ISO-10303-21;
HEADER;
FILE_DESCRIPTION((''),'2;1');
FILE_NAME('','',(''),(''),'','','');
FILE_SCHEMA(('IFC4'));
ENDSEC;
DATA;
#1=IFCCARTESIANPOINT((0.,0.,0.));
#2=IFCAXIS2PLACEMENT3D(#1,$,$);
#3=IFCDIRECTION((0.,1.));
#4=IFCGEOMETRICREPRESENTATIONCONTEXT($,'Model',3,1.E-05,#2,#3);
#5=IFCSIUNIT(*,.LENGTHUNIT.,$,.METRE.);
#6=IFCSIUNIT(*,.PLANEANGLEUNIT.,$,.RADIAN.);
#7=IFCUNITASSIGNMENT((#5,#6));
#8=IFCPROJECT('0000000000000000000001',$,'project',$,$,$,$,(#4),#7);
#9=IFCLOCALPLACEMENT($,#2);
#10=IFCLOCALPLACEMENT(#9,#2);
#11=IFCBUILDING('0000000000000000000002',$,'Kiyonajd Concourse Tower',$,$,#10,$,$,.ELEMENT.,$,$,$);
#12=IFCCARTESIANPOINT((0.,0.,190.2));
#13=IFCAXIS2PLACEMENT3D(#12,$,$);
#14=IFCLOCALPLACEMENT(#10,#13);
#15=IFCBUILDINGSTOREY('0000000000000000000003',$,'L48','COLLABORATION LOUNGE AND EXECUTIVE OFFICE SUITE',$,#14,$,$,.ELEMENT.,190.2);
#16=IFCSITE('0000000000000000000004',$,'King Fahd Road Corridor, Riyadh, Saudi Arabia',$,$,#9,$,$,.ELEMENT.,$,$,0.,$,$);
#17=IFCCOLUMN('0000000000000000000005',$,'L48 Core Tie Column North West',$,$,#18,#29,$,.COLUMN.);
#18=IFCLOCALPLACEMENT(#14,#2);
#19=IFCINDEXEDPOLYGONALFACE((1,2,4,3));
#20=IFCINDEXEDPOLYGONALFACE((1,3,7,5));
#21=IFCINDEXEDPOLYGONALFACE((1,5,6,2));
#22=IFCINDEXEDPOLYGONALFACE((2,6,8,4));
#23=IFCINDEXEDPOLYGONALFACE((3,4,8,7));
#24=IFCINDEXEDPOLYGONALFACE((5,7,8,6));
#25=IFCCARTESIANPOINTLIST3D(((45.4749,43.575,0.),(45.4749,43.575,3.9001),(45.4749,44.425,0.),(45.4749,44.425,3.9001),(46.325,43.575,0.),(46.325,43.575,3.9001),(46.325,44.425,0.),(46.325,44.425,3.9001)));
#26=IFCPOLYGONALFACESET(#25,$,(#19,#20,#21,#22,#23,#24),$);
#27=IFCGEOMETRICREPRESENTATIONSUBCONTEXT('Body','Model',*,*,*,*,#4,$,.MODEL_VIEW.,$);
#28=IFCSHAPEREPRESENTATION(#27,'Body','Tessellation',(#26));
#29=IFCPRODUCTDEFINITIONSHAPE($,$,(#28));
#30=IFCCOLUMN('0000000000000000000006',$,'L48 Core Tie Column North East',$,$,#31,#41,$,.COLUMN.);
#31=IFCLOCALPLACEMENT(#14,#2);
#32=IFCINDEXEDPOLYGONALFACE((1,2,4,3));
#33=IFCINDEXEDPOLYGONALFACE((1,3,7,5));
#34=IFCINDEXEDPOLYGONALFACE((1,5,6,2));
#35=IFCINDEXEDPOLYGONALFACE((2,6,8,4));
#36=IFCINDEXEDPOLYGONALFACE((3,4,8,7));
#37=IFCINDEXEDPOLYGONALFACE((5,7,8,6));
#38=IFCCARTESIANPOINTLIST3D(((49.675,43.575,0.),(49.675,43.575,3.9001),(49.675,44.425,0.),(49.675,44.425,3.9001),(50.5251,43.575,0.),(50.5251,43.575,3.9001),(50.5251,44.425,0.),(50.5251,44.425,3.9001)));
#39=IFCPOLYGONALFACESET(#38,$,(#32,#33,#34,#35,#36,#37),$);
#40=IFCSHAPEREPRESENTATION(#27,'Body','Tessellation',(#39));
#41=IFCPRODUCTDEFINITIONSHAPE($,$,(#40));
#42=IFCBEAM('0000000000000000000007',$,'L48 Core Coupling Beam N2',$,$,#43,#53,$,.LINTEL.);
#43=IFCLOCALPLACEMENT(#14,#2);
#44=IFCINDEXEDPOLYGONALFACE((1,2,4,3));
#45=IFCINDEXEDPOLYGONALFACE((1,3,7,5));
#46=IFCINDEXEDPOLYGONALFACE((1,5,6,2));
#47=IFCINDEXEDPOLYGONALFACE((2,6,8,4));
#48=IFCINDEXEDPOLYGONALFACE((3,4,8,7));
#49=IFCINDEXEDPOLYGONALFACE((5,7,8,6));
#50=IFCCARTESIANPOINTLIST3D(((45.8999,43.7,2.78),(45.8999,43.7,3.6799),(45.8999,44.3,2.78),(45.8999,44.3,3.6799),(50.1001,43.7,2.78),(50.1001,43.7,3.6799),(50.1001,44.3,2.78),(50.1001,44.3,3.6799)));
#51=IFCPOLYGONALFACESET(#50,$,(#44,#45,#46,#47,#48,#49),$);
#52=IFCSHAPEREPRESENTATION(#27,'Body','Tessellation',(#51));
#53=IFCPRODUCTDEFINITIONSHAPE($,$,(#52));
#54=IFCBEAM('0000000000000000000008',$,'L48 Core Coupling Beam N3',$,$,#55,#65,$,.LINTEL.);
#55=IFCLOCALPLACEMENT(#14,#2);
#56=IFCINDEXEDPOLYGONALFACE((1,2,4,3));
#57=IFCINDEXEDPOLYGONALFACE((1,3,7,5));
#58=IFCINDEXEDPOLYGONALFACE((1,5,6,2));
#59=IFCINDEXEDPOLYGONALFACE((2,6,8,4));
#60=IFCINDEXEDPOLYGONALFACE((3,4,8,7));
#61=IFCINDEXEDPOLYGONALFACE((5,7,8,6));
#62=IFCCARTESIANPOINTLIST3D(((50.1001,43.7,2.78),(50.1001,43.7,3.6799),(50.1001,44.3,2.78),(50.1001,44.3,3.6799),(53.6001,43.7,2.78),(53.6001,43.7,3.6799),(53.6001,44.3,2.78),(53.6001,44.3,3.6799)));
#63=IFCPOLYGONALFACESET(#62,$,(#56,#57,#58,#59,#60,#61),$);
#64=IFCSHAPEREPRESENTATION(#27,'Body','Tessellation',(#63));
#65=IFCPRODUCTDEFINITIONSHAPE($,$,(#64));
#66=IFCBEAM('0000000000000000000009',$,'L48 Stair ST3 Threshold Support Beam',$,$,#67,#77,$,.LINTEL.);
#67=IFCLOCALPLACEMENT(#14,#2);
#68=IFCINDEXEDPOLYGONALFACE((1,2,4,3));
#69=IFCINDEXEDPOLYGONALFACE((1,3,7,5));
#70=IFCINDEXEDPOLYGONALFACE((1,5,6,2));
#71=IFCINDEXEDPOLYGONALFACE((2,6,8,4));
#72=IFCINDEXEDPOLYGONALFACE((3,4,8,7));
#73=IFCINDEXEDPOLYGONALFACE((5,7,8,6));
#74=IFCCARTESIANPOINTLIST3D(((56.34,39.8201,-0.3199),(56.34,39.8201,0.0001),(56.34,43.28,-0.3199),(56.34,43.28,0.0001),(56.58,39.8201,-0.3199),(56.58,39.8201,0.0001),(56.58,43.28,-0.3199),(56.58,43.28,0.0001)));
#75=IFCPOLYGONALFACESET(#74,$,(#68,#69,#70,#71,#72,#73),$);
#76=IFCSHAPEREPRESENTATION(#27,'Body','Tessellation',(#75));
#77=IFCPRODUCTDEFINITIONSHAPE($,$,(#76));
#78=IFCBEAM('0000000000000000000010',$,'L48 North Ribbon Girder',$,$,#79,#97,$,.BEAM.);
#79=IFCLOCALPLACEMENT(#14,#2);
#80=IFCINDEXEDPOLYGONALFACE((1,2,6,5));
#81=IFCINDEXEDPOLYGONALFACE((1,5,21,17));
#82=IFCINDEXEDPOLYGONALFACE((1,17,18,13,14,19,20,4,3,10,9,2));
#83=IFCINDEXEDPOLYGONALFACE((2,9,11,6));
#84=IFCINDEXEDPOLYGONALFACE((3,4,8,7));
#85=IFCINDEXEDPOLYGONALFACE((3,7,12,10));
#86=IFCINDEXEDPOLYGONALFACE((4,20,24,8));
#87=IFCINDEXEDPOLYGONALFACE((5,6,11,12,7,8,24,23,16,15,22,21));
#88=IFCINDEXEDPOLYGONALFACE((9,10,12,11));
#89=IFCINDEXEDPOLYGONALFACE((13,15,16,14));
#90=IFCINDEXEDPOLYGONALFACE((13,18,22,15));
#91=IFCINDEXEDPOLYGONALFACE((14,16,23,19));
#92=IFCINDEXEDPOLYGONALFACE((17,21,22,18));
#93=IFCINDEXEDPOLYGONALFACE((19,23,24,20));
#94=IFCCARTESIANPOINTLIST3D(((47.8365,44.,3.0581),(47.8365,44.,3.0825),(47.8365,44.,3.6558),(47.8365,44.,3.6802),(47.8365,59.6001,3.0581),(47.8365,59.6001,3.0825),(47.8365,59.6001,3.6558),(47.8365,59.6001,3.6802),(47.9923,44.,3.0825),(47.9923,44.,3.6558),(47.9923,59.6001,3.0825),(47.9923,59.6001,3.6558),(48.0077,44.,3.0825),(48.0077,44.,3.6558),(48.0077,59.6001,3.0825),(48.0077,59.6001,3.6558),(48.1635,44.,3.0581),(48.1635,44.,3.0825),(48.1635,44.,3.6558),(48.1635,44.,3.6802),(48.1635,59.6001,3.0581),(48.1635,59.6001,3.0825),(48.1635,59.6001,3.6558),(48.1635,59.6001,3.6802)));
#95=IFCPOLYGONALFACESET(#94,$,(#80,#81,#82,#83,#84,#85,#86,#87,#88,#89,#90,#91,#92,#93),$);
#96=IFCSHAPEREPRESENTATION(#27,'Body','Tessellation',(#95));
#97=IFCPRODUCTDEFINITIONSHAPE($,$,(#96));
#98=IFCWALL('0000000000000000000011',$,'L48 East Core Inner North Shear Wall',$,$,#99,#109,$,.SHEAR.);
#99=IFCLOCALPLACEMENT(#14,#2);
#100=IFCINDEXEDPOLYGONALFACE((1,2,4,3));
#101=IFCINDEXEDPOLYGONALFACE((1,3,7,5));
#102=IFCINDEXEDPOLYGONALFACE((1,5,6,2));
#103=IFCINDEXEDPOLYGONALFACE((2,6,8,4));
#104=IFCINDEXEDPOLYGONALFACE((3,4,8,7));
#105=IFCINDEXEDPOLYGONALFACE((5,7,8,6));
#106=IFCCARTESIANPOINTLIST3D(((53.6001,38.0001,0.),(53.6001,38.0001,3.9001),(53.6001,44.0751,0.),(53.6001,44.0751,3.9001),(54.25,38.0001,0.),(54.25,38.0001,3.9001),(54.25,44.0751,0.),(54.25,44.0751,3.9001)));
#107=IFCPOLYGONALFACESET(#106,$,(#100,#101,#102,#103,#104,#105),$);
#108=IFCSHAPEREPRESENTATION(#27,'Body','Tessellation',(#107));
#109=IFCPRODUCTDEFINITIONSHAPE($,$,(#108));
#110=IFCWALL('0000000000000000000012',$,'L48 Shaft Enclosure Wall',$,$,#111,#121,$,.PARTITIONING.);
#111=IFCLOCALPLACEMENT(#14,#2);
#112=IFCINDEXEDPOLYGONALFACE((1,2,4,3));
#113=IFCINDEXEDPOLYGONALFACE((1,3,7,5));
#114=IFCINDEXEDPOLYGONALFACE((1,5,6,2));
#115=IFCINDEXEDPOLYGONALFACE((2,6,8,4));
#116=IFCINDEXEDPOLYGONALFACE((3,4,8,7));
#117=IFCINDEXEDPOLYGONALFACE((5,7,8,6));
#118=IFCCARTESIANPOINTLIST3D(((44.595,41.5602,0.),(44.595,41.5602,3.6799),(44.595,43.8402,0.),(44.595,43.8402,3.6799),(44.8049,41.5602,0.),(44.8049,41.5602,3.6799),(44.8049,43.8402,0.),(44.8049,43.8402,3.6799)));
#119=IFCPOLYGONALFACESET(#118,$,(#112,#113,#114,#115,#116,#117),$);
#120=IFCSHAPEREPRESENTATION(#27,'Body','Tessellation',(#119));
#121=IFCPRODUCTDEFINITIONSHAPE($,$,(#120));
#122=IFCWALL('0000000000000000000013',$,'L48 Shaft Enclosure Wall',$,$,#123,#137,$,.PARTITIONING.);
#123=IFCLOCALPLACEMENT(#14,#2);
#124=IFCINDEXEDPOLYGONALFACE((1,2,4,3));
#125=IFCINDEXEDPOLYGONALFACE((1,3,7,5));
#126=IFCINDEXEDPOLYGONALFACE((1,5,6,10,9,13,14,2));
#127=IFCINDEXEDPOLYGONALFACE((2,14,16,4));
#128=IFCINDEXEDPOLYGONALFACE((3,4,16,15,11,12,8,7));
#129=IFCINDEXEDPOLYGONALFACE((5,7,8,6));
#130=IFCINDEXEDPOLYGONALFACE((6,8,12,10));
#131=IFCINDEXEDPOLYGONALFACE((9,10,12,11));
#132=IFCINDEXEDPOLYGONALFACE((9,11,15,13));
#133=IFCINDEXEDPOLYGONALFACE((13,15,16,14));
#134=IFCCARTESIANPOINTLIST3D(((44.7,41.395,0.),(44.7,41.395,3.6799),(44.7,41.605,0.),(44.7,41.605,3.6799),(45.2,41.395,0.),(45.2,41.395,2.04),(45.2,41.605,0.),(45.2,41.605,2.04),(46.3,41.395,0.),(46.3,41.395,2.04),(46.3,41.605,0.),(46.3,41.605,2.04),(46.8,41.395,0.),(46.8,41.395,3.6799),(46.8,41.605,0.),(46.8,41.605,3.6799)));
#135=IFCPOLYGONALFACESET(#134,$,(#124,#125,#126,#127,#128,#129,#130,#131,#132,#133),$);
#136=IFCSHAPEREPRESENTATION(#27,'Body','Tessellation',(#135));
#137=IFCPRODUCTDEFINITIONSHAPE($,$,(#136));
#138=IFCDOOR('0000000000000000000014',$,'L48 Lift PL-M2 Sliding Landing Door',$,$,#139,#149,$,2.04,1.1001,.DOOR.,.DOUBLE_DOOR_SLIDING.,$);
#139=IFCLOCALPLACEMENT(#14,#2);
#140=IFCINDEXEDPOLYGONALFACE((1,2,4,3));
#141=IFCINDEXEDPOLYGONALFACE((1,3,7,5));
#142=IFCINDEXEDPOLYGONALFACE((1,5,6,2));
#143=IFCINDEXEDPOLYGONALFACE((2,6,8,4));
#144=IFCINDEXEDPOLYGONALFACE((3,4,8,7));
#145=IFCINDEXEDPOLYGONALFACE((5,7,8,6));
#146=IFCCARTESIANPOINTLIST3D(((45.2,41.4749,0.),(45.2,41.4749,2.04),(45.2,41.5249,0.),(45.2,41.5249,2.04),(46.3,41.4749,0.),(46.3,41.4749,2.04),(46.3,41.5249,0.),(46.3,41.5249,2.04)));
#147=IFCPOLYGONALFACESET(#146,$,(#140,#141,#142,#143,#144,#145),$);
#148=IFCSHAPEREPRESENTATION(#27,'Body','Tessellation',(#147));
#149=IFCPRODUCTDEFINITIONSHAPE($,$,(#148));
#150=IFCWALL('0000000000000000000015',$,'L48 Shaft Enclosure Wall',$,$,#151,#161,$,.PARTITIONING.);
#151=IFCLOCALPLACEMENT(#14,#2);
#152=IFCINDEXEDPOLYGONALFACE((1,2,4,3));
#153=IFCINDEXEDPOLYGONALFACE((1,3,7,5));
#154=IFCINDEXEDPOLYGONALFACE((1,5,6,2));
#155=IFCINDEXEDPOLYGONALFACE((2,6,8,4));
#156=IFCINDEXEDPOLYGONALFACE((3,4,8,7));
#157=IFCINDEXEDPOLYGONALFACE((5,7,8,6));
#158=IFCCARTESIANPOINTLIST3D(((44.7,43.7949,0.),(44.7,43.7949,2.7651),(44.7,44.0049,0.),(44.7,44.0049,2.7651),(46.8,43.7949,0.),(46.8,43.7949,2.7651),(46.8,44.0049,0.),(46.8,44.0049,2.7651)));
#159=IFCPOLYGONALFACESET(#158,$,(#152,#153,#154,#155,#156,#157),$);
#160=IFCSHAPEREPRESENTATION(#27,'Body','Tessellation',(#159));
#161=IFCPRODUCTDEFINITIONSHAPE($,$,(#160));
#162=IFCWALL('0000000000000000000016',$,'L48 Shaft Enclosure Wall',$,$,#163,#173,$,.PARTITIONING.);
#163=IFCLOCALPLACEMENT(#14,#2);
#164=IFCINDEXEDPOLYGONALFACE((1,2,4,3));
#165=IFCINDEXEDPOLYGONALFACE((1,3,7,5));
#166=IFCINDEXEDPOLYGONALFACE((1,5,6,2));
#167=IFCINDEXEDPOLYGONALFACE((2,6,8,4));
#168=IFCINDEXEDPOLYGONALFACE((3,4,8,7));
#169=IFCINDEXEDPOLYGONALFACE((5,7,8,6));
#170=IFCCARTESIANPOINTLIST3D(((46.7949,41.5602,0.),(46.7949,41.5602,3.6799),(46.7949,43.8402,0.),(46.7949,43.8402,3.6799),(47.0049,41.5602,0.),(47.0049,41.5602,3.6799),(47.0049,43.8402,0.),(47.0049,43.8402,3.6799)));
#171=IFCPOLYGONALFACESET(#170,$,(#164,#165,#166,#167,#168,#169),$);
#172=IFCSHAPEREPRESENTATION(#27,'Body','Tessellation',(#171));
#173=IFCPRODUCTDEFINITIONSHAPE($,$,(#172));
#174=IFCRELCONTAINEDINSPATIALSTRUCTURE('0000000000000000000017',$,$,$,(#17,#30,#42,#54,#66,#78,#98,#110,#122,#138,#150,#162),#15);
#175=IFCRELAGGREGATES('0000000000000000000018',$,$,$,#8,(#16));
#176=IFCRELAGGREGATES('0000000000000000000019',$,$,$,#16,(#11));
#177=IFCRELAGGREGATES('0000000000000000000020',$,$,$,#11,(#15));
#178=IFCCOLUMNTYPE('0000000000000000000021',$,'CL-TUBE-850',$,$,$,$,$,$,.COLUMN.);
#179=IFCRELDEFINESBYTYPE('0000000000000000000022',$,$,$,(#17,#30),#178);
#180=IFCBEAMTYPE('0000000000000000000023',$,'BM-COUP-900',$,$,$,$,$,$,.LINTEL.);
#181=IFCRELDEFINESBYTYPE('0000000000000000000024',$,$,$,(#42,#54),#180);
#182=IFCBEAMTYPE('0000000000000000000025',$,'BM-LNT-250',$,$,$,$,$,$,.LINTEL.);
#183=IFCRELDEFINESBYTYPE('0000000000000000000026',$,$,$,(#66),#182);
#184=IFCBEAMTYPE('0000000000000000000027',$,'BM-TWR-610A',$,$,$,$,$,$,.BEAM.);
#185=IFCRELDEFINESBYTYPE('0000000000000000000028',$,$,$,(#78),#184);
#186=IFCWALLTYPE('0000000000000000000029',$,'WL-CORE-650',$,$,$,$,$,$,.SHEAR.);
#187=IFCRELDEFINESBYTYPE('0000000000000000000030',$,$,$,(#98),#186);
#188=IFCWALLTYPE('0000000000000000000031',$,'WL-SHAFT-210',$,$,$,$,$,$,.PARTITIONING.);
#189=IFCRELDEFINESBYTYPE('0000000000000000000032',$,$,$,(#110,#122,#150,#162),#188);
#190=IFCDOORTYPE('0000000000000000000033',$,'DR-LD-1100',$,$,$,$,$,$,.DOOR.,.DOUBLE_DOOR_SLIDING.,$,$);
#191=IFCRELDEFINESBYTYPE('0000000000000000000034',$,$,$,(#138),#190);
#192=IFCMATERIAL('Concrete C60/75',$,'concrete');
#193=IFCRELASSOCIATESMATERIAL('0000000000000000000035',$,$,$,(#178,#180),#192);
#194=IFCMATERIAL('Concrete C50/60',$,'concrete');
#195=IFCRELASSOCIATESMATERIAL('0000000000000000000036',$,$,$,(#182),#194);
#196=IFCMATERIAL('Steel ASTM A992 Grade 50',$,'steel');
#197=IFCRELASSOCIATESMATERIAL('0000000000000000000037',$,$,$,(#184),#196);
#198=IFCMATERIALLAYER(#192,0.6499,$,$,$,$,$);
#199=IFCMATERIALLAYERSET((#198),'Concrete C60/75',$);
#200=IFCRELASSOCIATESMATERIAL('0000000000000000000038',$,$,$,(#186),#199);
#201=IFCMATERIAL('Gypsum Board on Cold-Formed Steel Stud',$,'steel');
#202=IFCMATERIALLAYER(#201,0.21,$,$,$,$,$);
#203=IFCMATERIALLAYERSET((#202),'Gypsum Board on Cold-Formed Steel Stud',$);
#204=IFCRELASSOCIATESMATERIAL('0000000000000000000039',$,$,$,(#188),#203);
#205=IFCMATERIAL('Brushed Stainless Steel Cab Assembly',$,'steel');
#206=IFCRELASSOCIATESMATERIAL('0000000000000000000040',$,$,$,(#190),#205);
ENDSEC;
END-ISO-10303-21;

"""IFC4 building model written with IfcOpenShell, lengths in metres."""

from ifc_helpers import new_model, si_unit, direction, frame, frame_2d, origin, origin_2d, place, context, subcontext, project, spatial, rectangle, i_section, extrude, material, layer, layer_set, material_profile, profile_set, type_object, element, fill, save


model = new_model("IFC4")

# Units and contexts
model_context = context("Model", 3, precision=1e-05, world=origin(), true_north=direction((0.0, 1.0)))
body_context = subcontext(model_context, "Body", "Model", "MODEL_VIEW")
ifc_project = project(units=[si_unit("LENGTHUNIT", "METRE"), si_unit("PLANEANGLEUNIT", "RADIAN")], contexts=[model_context])

# Site, building, storey
site_placement = place(None, origin())
site = spatial("IfcSite", under=ifc_project, at=site_placement, Name="King Fahd Road Corridor, Riyadh, Saudi Arabia", CompositionType="ELEMENT", RefElevation=0.0)
building_placement = place(site_placement, origin())
building = spatial("IfcBuilding", under=site, at=building_placement, Name="Kiyonajd Concourse Tower", CompositionType="ELEMENT")
storey_placement = place(building_placement, frame((0.0, 0.0, 190.2)))
storey = spatial("IfcBuildingStorey", under=building, at=storey_placement, Name="L48", Description="COLLABORATION LOUNGE AND EXECUTIVE OFFICE SUITE", CompositionType="ELEMENT", Elevation=190.2)

# Columns
ifc_material_1 = material(Name="Concrete C60/75", Category="concrete")
ifc_material_profile_1 = material_profile(ifc_material_1, rectangle(XDim=0.8501, YDim=0.8501, at=origin_2d()), Name="RC-850x850")
ifc_profile_set_1 = profile_set([ifc_material_profile_1], Name="Concrete C60/75")
column_type = type_object("IfcColumnType", Name="CL-TUBE-850", PredefinedType="COLUMN", material=ifc_profile_set_1)
for number, where, z_axis, x_axis, name in (
    (1, (45.8999, 44.0, 0.0), (0.0, 0.0, 1.0), (1.0, 0.0, 0.0), "L48 Core Tie Column North West"),
    (2, (50.1001, 44.0, 0.0), (0.0, 0.0, 1.0), (1.0, 0.0, 0.0), "L48 Core Tie Column North East"),
):
    element("IfcColumn", number, at=place(storey_placement, frame(where, z_axis=z_axis, x_axis=x_axis)), inside=storey, type_object=column_type, Name=name, PredefinedType="COLUMN", context=body_context, shape_type="SweptSolid", body=[
        extrude(rectangle(XDim=0.8501, YDim=0.8501, at=origin_2d()), origin(), (0.0, 0.0, 1.0), 3.9001),
    ])

# Beams
ifc_material_profile_2 = material_profile(ifc_material_1, rectangle(XDim=0.6001, YDim=0.8999, at=origin_2d()), Name="RCBM-600x900")
ifc_profile_set_2 = profile_set([ifc_material_profile_2], Name="Concrete C60/75")
beam_type_1 = type_object("IfcBeamType", Name="BM-COUP-900", PredefinedType="LINTEL", material=ifc_profile_set_2)
beam_1_placement = place(storey_placement, frame((45.8999, 44.0, 3.23), z_axis=(1.0, 0.0, 0.0), x_axis=(0.0, 1.0, 0.0)))
element("IfcBeam", 3, at=beam_1_placement, inside=storey, type_object=beam_type_1, Name="L48 Core Coupling Beam N2", PredefinedType="LINTEL", context=body_context, shape_type="SweptSolid", body=[
    extrude(rectangle(XDim=0.6001, YDim=0.8999, at=origin_2d()), origin(), (0.0, 0.0, 1.0), 4.2002),
])
beam_2_placement = place(storey_placement, frame((50.1001, 44.0, 3.23), z_axis=(1.0, 0.0, 0.0), x_axis=(0.0, 1.0, 0.0)))
element("IfcBeam", 4, at=beam_2_placement, inside=storey, type_object=beam_type_1, Name="L48 Core Coupling Beam N3", PredefinedType="LINTEL", context=body_context, shape_type="SweptSolid", body=[
    extrude(rectangle(XDim=0.6001, YDim=0.8999, at=origin_2d()), origin(), (0.0, 0.0, 1.0), 3.5),
])
ifc_material_2 = material(Name="Concrete C50/60", Category="concrete")
ifc_material_profile_3 = material_profile(ifc_material_2, rectangle(XDim=0.24, YDim=0.3201, at=origin_2d()), Name="RCBM-240x320")
ifc_profile_set_3 = profile_set([ifc_material_profile_3], Name="Concrete C50/60")
beam_type_2 = type_object("IfcBeamType", Name="BM-LNT-250", PredefinedType="LINTEL", material=ifc_profile_set_3)
beam_3_placement = place(storey_placement, frame((56.46, 39.8201, -0.1599), z_axis=(0.0, 1.0, 0.0), x_axis=(-1.0, 0.0, 0.0)))
element("IfcBeam", 5, at=beam_3_placement, inside=storey, type_object=beam_type_2, Name="L48 Stair ST3 Threshold Support Beam", PredefinedType="LINTEL", context=body_context, shape_type="SweptSolid", body=[
    extrude(rectangle(XDim=0.24, YDim=0.3201, at=origin_2d()), origin(), (0.0, 0.0, 1.0), 3.46),
])
ifc_material_3 = material(Name="Steel ASTM A992 Grade 50", Category="steel")
ifc_material_profile_4 = material_profile(ifc_material_3, i_section(OverallWidth=0.3269, OverallDepth=0.6221, WebThickness=0.0154, FlangeThickness=0.0244, at=origin_2d()), Name="W610X195")
ifc_profile_set_4 = profile_set([ifc_material_profile_4], Name="Steel ASTM A992 Grade 50")
beam_type_3 = type_object("IfcBeamType", Name="BM-TWR-610A", PredefinedType="BEAM", material=ifc_profile_set_4)
beam_4_placement = place(storey_placement, frame((48.0, 44.0, 3.3691), z_axis=(0.0, 1.0, 0.0), x_axis=(-1.0, 0.0, 0.0)))
element("IfcBeam", 6, at=beam_4_placement, inside=storey, type_object=beam_type_3, Name="L48 North Ribbon Girder", PredefinedType="BEAM", context=body_context, shape_type="SweptSolid", body=[
    extrude(i_section(OverallWidth=0.3269, OverallDepth=0.6221, WebThickness=0.0154, FlangeThickness=0.0244, at=origin_2d()), origin(), (0.0, 0.0, 1.0), 15.6001),
])

# Walls
ifc_layer_1 = layer(ifc_material_1, 0.6499)
ifc_layer_set_1 = layer_set([ifc_layer_1], Name="Concrete C60/75")
wall_type_1 = type_object("IfcWallType", Name="WL-CORE-650", PredefinedType="SHEAR", material=ifc_layer_set_1)
wall_1_placement = place(storey_placement, frame((53.925, 38.0, 0.0), z_axis=(0.0, 0.0, 1.0), x_axis=(0.0, 1.0, 0.0)))
element("IfcWall", 7, at=wall_1_placement, inside=storey, type_object=wall_type_1, Name="L48 East Core Inner North Shear Wall", PredefinedType="SHEAR", context=body_context, shape_type="SweptSolid", body=[
    extrude(rectangle(XDim=6.075, YDim=0.6499, at=frame_2d((3.0376, 0.0))), origin(), (0.0, 0.0, 1.0), 3.9001),
])
ifc_material_4 = material(Name="Gypsum Board on Cold-Formed Steel Stud", Category="steel")
ifc_layer_2 = layer(ifc_material_4, 0.21)
ifc_layer_set_2 = layer_set([ifc_layer_2], Name="Gypsum Board on Cold-Formed Steel Stud")
wall_type_2 = type_object("IfcWallType", Name="WL-SHAFT-210", PredefinedType="PARTITIONING", material=ifc_layer_set_2)
wall_2_placement = place(storey_placement, frame((44.7, 41.5601, 0.0), z_axis=(0.0, 0.0, 1.0), x_axis=(0.0, 1.0, 0.0)))
element("IfcWall", 8, at=wall_2_placement, inside=storey, type_object=wall_type_2, Name="L48 Shaft Enclosure Wall", PredefinedType="PARTITIONING", context=body_context, shape_type="SweptSolid", body=[
    extrude(rectangle(XDim=2.28, YDim=0.21, at=frame_2d((1.1401, 0.0))), origin(), (0.0, 0.0, 1.0), 3.6799),
])

# Wall, opening, door
wall_3_placement = place(storey_placement, frame((44.7, 41.5, 0.0), z_axis=(0.0, 0.0, 1.0), x_axis=(1.0, 0.0, 0.0)))
wall_3 = element("IfcWall", 9, at=wall_3_placement, inside=storey, type_object=wall_type_2, Name="L48 Shaft Enclosure Wall", PredefinedType="PARTITIONING", context=body_context, shape_type="SweptSolid", body=[
    extrude(rectangle(XDim=2.1001, YDim=0.21, at=frame_2d((1.05, 0.0))), origin(), (0.0, 0.0, 1.0), 3.6799),
])
opening_1_placement = place(wall_3_placement, frame((0.5, 0.0, 0.0)))
opening_1 = element("IfcOpeningElement", 10, at=opening_1_placement, cuts=wall_3, PredefinedType="OPENING", context=body_context, shape_type="SweptSolid", body=[
    extrude(rectangle(XDim=1.1001, YDim=2.04, at=frame_2d((0.55, 1.02))), frame((0.0, 0.115, 0.0), z_axis=(0.0, -1.0, 0.0), x_axis=(1.0, 0.0, 0.0)), (0.0, 0.0, 1.0), 0.23),
])
ifc_material_5 = material(Name="Brushed Stainless Steel Cab Assembly", Category="steel")
door_type_1 = type_object("IfcDoorType", Name="DR-LD-1100", OperationType="DOUBLE_DOOR_SLIDING", PredefinedType="DOOR", material=ifc_material_5)
door_1_placement = place(opening_1_placement, origin())
door_1 = element("IfcDoor", 11, at=door_1_placement, inside=storey, type_object=door_type_1, Name="L48 Lift PL-M2 Sliding Landing Door", OperationType="DOUBLE_DOOR_SLIDING", OverallHeight=2.04, OverallWidth=1.1001, PredefinedType="DOOR", context=body_context, shape_type="SweptSolid", body=[
    extrude(rectangle(XDim=1.1001, YDim=2.04, at=frame_2d((0.55, 1.02))), frame((0.0, 0.0249, 0.0), z_axis=(0.0, -1.0, 0.0), x_axis=(1.0, 0.0, 0.0)), (0.0, 0.0, 1.0), 0.05),
])
fill(opening_1, door_1)

# Walls
wall_4_placement = place(storey_placement, frame((44.7, 43.8999, 0.0), z_axis=(0.0, 0.0, 1.0), x_axis=(1.0, 0.0, 0.0)))
element("IfcWall", 12, at=wall_4_placement, inside=storey, type_object=wall_type_2, Name="L48 Shaft Enclosure Wall", PredefinedType="PARTITIONING", context=body_context, shape_type="SweptSolid", body=[
    extrude(rectangle(XDim=2.1001, YDim=0.21, at=frame_2d((1.05, 0.0))), origin(), (0.0, 0.0, 1.0), 2.7651),
])
wall_5_placement = place(storey_placement, frame((46.8999, 41.5601, 0.0), z_axis=(0.0, 0.0, 1.0), x_axis=(0.0, 1.0, 0.0)))
element("IfcWall", 13, at=wall_5_placement, inside=storey, type_object=wall_type_2, Name="L48 Shaft Enclosure Wall", PredefinedType="PARTITIONING", context=body_context, shape_type="SweptSolid", body=[
    extrude(rectangle(XDim=2.28, YDim=0.21, at=frame_2d((1.1401, 0.0))), origin(), (0.0, 0.0, 1.0), 3.6799),
])

save(model, "model.ifc")
